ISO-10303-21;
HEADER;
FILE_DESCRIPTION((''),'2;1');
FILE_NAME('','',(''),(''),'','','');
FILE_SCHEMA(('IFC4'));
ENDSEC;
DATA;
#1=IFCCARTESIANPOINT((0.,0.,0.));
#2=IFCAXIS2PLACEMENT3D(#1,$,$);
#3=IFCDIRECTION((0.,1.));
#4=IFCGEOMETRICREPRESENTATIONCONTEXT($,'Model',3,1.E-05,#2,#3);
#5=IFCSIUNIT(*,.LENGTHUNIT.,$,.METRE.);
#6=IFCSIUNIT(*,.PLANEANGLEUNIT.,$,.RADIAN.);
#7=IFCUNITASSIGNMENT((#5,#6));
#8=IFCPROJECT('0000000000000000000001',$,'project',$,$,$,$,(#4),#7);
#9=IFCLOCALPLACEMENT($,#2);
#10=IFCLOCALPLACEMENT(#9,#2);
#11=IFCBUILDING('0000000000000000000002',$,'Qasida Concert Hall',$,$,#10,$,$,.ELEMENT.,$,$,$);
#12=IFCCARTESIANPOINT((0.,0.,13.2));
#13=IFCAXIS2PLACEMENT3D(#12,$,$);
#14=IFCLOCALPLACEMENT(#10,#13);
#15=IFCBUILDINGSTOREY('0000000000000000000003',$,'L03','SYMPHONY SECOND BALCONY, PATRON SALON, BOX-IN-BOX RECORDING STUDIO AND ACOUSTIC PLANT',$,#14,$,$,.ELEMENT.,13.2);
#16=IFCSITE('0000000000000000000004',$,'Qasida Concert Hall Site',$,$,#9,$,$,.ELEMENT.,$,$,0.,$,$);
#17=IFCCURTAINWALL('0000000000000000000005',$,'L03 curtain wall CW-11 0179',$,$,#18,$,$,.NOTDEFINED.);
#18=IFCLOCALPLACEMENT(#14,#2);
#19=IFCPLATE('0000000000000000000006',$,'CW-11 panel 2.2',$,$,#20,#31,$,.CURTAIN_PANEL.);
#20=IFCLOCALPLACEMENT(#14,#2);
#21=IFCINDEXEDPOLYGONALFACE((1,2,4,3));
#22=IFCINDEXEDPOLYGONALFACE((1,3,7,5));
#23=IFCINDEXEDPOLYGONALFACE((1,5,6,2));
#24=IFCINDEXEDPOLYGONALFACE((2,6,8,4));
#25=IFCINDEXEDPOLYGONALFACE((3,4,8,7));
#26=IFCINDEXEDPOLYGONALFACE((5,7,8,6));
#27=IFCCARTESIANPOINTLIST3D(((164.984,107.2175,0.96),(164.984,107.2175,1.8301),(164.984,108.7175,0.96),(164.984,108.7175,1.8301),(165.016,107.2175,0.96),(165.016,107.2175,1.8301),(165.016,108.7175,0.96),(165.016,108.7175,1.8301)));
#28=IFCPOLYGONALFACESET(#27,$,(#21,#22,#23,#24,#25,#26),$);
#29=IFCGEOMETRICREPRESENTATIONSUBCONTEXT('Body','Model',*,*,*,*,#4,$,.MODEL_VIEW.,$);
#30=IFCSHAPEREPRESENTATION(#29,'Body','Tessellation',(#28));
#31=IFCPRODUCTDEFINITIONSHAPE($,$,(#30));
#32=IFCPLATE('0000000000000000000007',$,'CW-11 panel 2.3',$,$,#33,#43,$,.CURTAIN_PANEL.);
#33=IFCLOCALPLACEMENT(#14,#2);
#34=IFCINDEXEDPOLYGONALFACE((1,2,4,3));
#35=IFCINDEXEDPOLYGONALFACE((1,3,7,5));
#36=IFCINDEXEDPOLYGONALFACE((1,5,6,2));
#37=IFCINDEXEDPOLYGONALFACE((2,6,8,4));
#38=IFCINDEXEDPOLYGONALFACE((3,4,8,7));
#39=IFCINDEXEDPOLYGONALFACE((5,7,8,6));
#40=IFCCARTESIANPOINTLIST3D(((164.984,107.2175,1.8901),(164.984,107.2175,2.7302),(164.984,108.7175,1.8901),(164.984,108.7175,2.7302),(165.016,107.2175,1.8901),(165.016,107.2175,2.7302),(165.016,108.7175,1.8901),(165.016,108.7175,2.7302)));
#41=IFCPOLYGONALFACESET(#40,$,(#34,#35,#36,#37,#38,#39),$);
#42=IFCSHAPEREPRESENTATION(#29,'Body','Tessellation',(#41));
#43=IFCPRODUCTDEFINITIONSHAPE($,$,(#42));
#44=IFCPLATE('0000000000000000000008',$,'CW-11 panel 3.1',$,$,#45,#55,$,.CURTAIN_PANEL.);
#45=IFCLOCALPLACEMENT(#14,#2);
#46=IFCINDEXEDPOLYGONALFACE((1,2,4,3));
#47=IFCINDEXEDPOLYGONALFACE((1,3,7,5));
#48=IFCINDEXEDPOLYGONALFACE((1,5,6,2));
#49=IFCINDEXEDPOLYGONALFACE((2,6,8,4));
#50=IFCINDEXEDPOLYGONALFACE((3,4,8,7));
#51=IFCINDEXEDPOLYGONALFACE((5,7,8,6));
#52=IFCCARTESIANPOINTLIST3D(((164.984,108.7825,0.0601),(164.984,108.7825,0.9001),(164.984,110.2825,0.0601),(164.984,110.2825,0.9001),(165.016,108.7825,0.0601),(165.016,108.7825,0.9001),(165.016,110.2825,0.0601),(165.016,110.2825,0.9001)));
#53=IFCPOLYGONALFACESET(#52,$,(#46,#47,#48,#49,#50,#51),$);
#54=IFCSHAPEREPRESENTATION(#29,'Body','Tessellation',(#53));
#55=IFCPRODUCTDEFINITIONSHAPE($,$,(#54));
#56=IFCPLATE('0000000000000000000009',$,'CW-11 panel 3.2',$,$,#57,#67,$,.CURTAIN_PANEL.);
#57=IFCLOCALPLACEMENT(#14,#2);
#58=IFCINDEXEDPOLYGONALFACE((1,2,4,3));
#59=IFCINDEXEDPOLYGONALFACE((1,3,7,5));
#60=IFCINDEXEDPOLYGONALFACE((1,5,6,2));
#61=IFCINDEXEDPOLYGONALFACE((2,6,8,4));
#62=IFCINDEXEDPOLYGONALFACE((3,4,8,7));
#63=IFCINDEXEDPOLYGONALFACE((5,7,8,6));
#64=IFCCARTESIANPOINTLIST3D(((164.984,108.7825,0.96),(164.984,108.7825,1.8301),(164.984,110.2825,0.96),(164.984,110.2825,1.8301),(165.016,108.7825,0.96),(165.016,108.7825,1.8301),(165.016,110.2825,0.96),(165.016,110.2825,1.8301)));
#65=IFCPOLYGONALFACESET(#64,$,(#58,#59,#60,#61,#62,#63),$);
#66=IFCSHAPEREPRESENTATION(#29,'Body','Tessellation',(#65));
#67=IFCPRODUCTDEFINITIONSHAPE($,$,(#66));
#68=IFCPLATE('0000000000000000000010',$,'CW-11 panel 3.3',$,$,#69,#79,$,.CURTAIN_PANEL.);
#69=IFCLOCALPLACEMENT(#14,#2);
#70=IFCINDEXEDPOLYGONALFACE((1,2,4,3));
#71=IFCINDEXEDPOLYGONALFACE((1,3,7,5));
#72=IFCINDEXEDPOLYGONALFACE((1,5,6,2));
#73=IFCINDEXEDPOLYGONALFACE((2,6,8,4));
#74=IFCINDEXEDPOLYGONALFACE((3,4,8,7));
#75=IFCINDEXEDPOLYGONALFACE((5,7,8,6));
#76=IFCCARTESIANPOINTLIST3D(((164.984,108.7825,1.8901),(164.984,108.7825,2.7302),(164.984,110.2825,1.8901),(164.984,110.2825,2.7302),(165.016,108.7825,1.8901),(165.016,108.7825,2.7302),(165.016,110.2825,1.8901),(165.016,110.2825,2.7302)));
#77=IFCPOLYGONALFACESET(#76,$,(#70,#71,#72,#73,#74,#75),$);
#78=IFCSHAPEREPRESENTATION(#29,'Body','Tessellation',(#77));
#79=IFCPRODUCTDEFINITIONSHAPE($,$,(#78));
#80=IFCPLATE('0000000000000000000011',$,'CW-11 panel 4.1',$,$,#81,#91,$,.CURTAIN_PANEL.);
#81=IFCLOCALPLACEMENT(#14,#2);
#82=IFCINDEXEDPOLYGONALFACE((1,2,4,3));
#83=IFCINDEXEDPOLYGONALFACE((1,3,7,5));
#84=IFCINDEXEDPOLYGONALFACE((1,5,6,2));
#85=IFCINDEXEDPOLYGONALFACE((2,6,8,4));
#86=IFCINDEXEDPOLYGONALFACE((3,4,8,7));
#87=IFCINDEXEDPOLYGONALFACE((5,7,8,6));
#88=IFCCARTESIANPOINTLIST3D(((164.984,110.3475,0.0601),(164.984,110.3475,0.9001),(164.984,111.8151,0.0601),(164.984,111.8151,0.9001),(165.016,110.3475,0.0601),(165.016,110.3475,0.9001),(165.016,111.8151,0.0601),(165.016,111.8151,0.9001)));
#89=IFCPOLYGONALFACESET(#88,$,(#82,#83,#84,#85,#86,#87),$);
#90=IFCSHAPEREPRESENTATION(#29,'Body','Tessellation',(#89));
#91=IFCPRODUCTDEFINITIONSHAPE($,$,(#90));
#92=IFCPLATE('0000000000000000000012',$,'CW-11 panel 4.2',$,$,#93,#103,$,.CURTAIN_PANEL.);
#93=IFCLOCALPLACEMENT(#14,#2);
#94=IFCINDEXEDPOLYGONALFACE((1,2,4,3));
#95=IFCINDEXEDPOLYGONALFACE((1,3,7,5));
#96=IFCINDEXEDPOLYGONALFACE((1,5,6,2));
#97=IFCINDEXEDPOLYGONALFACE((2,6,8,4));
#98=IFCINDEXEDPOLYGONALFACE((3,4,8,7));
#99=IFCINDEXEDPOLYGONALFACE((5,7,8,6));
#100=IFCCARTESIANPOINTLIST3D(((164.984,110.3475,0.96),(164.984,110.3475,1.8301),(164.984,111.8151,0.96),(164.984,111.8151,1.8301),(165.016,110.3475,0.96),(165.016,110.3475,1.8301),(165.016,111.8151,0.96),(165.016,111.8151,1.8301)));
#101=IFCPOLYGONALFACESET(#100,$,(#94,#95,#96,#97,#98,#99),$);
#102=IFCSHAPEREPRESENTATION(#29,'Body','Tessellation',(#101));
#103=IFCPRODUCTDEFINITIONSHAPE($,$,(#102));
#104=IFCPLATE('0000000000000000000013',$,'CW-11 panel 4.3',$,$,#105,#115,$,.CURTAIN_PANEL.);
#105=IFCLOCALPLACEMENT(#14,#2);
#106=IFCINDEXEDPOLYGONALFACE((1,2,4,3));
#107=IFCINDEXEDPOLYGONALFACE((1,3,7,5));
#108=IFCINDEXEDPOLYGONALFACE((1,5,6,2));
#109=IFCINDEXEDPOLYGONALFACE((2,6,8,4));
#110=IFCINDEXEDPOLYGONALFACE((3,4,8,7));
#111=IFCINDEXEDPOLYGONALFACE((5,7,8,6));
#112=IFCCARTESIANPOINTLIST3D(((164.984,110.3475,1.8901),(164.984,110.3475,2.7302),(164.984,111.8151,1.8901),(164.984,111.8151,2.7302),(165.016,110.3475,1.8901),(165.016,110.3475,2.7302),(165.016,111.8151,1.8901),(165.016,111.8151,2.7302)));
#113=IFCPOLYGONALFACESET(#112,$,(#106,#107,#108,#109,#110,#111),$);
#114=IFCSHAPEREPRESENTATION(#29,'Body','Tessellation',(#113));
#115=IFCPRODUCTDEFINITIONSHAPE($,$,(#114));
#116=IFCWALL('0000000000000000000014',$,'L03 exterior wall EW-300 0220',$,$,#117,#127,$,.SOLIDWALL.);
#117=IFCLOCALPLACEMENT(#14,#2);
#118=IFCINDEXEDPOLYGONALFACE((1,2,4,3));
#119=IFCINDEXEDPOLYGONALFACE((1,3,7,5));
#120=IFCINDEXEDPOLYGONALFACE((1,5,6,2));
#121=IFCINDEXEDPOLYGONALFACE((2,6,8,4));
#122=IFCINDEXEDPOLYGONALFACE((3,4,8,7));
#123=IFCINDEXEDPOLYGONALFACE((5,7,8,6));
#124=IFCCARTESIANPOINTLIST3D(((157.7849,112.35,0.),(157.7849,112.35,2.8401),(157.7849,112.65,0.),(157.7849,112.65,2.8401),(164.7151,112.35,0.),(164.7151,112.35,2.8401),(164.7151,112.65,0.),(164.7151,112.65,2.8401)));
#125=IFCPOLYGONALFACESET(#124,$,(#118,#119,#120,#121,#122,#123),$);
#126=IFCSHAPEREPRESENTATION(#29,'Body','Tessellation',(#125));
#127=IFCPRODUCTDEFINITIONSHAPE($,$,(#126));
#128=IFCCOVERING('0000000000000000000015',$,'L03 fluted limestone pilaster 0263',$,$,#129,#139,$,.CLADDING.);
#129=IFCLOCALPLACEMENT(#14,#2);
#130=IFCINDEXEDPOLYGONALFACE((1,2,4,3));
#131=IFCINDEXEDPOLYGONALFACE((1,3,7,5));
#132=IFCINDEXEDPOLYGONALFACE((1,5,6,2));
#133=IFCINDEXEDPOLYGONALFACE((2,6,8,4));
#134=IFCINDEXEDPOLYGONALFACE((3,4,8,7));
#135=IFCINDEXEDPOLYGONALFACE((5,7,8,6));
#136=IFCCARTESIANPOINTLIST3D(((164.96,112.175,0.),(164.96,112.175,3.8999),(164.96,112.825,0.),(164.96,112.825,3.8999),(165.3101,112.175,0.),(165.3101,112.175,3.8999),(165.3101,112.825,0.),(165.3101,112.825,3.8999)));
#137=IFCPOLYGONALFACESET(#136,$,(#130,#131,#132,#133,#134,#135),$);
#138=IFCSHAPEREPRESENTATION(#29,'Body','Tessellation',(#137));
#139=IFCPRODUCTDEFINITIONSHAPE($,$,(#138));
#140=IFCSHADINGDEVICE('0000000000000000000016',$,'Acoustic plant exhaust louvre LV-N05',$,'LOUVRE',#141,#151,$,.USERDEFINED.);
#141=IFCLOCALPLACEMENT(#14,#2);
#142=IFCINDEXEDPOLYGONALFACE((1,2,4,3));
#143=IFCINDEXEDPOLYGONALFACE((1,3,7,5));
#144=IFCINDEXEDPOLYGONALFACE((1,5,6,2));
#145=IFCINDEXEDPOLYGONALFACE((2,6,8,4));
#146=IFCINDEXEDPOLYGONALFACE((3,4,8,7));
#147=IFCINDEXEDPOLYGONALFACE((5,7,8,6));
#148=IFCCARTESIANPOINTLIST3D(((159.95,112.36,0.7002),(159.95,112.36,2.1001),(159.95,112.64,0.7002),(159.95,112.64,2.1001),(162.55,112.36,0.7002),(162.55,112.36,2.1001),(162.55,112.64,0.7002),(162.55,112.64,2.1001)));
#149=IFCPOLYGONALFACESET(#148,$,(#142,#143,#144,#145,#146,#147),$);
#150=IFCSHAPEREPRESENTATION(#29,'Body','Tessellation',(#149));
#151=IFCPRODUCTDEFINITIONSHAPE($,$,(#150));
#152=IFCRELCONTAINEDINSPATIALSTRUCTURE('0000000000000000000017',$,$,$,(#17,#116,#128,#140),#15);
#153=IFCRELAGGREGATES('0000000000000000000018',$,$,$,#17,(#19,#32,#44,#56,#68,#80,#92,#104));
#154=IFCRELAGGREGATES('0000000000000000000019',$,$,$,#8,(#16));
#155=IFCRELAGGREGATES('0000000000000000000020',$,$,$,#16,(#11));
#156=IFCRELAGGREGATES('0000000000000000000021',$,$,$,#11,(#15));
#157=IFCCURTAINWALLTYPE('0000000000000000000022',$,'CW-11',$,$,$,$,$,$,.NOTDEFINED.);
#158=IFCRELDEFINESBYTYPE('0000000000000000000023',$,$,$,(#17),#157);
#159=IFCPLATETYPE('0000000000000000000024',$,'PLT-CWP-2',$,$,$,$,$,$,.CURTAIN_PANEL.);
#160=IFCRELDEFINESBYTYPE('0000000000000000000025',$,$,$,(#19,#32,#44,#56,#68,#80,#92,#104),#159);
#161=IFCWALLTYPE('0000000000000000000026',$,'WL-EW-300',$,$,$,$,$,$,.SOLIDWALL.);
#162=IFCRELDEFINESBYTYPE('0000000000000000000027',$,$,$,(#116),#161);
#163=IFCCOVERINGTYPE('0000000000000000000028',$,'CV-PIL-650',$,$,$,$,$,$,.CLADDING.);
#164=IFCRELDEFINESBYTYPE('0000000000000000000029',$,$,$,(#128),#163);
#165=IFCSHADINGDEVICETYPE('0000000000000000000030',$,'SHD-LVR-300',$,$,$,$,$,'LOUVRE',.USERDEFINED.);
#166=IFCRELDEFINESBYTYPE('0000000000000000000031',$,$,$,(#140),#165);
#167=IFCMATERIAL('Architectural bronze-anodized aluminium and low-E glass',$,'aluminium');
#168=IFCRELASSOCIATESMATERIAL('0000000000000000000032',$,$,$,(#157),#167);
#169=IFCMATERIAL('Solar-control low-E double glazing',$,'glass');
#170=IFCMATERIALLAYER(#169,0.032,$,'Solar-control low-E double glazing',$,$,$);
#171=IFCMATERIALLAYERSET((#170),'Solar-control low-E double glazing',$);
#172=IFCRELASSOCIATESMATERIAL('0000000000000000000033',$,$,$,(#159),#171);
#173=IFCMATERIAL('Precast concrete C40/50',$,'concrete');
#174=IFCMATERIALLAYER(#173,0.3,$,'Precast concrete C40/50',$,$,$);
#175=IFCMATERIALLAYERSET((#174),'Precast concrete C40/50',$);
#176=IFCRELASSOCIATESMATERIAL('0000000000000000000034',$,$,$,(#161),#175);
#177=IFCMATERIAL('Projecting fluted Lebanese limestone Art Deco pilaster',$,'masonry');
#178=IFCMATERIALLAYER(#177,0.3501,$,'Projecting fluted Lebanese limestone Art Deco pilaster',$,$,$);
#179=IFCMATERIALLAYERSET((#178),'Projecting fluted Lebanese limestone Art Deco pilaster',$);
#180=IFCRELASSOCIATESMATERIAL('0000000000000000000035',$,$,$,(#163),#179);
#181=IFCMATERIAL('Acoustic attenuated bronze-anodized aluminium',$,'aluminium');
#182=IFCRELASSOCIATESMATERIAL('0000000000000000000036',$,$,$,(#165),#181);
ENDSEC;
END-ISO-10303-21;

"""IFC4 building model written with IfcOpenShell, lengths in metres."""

from ifc_helpers import new_model, si_unit, direction, frame, frame_2d, origin, origin_2d, place, context, subcontext, project, spatial, rectangle, extrude, material, layer, layer_set, type_object, element, aggregate, save


model = new_model("IFC4")

# Units and contexts
model_context = context("Model", 3, precision=1e-05, world=origin(), true_north=direction((0.0, 1.0)))
body_context = subcontext(model_context, "Body", "Model", "MODEL_VIEW")
ifc_project = project(units=[si_unit("LENGTHUNIT", "METRE"), si_unit("PLANEANGLEUNIT", "RADIAN")], contexts=[model_context])

# Site, building, storey
site_placement = place(None, origin())
site = spatial("IfcSite", under=ifc_project, at=site_placement, Name="Qasida Concert Hall Site", CompositionType="ELEMENT", RefElevation=0.0)
building_placement = place(site_placement, origin())
building = spatial("IfcBuilding", under=site, at=building_placement, Name="Qasida Concert Hall", CompositionType="ELEMENT")
storey_placement = place(building_placement, frame((0.0, 0.0, 13.2)))
storey = spatial("IfcBuildingStorey", under=building, at=storey_placement, Name="L03", Description="SYMPHONY SECOND BALCONY, PATRON SALON, BOX-IN-BOX RECORDING STUDIO AND ACOUSTIC PLANT", CompositionType="ELEMENT", Elevation=13.2)

# Curtain wall, plates
ifc_material_1 = material(Name="Architectural bronze-anodized aluminium and low-E glass", Category="aluminium")
curtain_wall_type = type_object("IfcCurtainWallType", Name="CW-11", PredefinedType="NOTDEFINED", material=ifc_material_1)
curtain_wall_placement = place(storey_placement, origin())
curtain_wall = element("IfcCurtainWall", 1, at=curtain_wall_placement, inside=storey, type_object=curtain_wall_type, Name="L03 curtain wall CW-11 0179", PredefinedType="NOTDEFINED")
ifc_material_2 = material(Name="Solar-control low-E double glazing", Category="glass")
ifc_layer_1 = layer(ifc_material_2, 0.032, Name="Solar-control low-E double glazing")
ifc_layer_set_1 = layer_set([ifc_layer_1], Name="Solar-control low-E double glazing")
plate_type = type_object("IfcPlateType", Name="PLT-CWP-2", PredefinedType="CURTAIN_PANEL", material=ifc_layer_set_1)
plate_1_placement = place(storey_placement, frame((165.0, 107.9675, 0.96), z_axis=(0.0, 0.0, 1.0), x_axis=(0.0, 1.0, 0.0)))
plate_1 = element("IfcPlate", 2, at=plate_1_placement, type_object=plate_type, Name="CW-11 panel 2.2", PredefinedType="CURTAIN_PANEL", context=body_context, shape_type="SweptSolid", body=[
    extrude(rectangle(XDim=1.5, YDim=0.032, at=origin_2d()), origin(), (0.0, 0.0, 1.0), 0.8701),
])
plate_2_placement = place(storey_placement, frame((165.0, 107.9675, 1.8901), z_axis=(0.0, 0.0, 1.0), x_axis=(0.0, 1.0, 0.0)))
plate_2 = element("IfcPlate", 3, at=plate_2_placement, type_object=plate_type, Name="CW-11 panel 2.3", PredefinedType="CURTAIN_PANEL", context=body_context, shape_type="SweptSolid", body=[
    extrude(rectangle(XDim=1.5, YDim=0.032, at=origin_2d()), origin(), (0.0, 0.0, 1.0), 0.8401),
])
plate_3_placement = place(storey_placement, frame((165.0, 109.5325, 0.0601), z_axis=(0.0, 0.0, 1.0), x_axis=(0.0, 1.0, 0.0)))
plate_3 = element("IfcPlate", 4, at=plate_3_placement, type_object=plate_type, Name="CW-11 panel 3.1", PredefinedType="CURTAIN_PANEL", context=body_context, shape_type="SweptSolid", body=[
    extrude(rectangle(XDim=1.5, YDim=0.032, at=origin_2d()), origin(), (0.0, 0.0, 1.0), 0.8401),
])
plate_4_placement = place(storey_placement, frame((165.0, 109.5325, 0.96), z_axis=(0.0, 0.0, 1.0), x_axis=(0.0, 1.0, 0.0)))
plate_4 = element("IfcPlate", 5, at=plate_4_placement, type_object=plate_type, Name="CW-11 panel 3.2", PredefinedType="CURTAIN_PANEL", context=body_context, shape_type="SweptSolid", body=[
    extrude(rectangle(XDim=1.5, YDim=0.032, at=origin_2d()), origin(), (0.0, 0.0, 1.0), 0.8701),
])
plate_5_placement = place(storey_placement, frame((165.0, 109.5325, 1.8901), z_axis=(0.0, 0.0, 1.0), x_axis=(0.0, 1.0, 0.0)))
plate_5 = element("IfcPlate", 6, at=plate_5_placement, type_object=plate_type, Name="CW-11 panel 3.3", PredefinedType="CURTAIN_PANEL", context=body_context, shape_type="SweptSolid", body=[
    extrude(rectangle(XDim=1.5, YDim=0.032, at=origin_2d()), origin(), (0.0, 0.0, 1.0), 0.8401),
])
plate_6_placement = place(storey_placement, frame((165.0, 111.0813, 0.0601), z_axis=(0.0, 0.0, 1.0), x_axis=(0.0, 1.0, 0.0)))
plate_6 = element("IfcPlate", 7, at=plate_6_placement, type_object=plate_type, Name="CW-11 panel 4.1", PredefinedType="CURTAIN_PANEL", context=body_context, shape_type="SweptSolid", body=[
    extrude(rectangle(XDim=1.4675, YDim=0.032, at=origin_2d()), origin(), (0.0, 0.0, 1.0), 0.8401),
])
plate_7_placement = place(storey_placement, frame((165.0, 111.0813, 0.96), z_axis=(0.0, 0.0, 1.0), x_axis=(0.0, 1.0, 0.0)))
plate_7 = element("IfcPlate", 8, at=plate_7_placement, type_object=plate_type, Name="CW-11 panel 4.2", PredefinedType="CURTAIN_PANEL", context=body_context, shape_type="SweptSolid", body=[
    extrude(rectangle(XDim=1.4675, YDim=0.032, at=origin_2d()), origin(), (0.0, 0.0, 1.0), 0.8701),
])
plate_8_placement = place(storey_placement, frame((165.0, 111.0813, 1.8901), z_axis=(0.0, 0.0, 1.0), x_axis=(0.0, 1.0, 0.0)))
plate_8 = element("IfcPlate", 9, at=plate_8_placement, type_object=plate_type, Name="CW-11 panel 4.3", PredefinedType="CURTAIN_PANEL", context=body_context, shape_type="SweptSolid", body=[
    extrude(rectangle(XDim=1.4675, YDim=0.032, at=origin_2d()), origin(), (0.0, 0.0, 1.0), 0.8401),
])
aggregate(curtain_wall, [plate_1, plate_2, plate_3, plate_4, plate_5, plate_6, plate_7, plate_8])

# Wall
ifc_material_3 = material(Name="Precast concrete C40/50", Category="concrete")
ifc_layer_2 = layer(ifc_material_3, 0.3, Name="Precast concrete C40/50")
ifc_layer_set_2 = layer_set([ifc_layer_2], Name="Precast concrete C40/50")
wall_type = type_object("IfcWallType", Name="WL-EW-300", PredefinedType="SOLIDWALL", material=ifc_layer_set_2)
wall_placement = place(storey_placement, frame((157.7849, 112.5, 0.0), z_axis=(0.0, 0.0, 1.0), x_axis=(1.0, 0.0, 0.0)))
element("IfcWall", 10, at=wall_placement, inside=storey, type_object=wall_type, Name="L03 exterior wall EW-300 0220", PredefinedType="SOLIDWALL", context=body_context, shape_type="SweptSolid", body=[
    extrude(rectangle(XDim=6.9302, YDim=0.3, at=frame_2d((3.4651, 0.0))), origin(), (0.0, 0.0, 1.0), 2.8401),
])

# Covering
ifc_material_4 = material(Name="Projecting fluted Lebanese limestone Art Deco pilaster", Category="masonry")
ifc_layer_3 = layer(ifc_material_4, 0.3501, Name="Projecting fluted Lebanese limestone Art Deco pilaster")
ifc_layer_set_3 = layer_set([ifc_layer_3], Name="Projecting fluted Lebanese limestone Art Deco pilaster")
covering_type = type_object("IfcCoveringType", Name="CV-PIL-650", PredefinedType="CLADDING", material=ifc_layer_set_3)
covering_placement = place(storey_placement, frame((165.135, 112.5, 0.0), z_axis=(0.0, 0.0, 1.0), x_axis=(1.0, 0.0, 0.0)))
element("IfcCovering", 11, at=covering_placement, inside=storey, type_object=covering_type, Name="L03 fluted limestone pilaster 0263", PredefinedType="CLADDING", context=body_context, shape_type="SweptSolid", body=[
    extrude(rectangle(XDim=0.3501, YDim=0.6499, at=origin_2d()), origin(), (0.0, 0.0, 1.0), 3.8999),
])

# Shading device
ifc_material_5 = material(Name="Acoustic attenuated bronze-anodized aluminium", Category="aluminium")
shading_device_type = type_object("IfcShadingDeviceType", Name="SHD-LVR-300", ElementType="LOUVRE", PredefinedType="USERDEFINED", material=ifc_material_5)
shading_device_placement = place(storey_placement, frame((161.25, 112.5, 0.7002), z_axis=(0.0, 0.0, 1.0), x_axis=(1.0, 0.0, 0.0)))
element("IfcShadingDevice", 12, at=shading_device_placement, inside=storey, type_object=shading_device_type, Name="Acoustic plant exhaust louvre LV-N05", ObjectType="LOUVRE", PredefinedType="USERDEFINED", context=body_context, shape_type="SweptSolid", body=[
    extrude(rectangle(XDim=2.6001, YDim=0.28, at=origin_2d()), origin(), (0.0, 0.0, 1.0), 1.3999),
])

save(model, "model.ifc")
